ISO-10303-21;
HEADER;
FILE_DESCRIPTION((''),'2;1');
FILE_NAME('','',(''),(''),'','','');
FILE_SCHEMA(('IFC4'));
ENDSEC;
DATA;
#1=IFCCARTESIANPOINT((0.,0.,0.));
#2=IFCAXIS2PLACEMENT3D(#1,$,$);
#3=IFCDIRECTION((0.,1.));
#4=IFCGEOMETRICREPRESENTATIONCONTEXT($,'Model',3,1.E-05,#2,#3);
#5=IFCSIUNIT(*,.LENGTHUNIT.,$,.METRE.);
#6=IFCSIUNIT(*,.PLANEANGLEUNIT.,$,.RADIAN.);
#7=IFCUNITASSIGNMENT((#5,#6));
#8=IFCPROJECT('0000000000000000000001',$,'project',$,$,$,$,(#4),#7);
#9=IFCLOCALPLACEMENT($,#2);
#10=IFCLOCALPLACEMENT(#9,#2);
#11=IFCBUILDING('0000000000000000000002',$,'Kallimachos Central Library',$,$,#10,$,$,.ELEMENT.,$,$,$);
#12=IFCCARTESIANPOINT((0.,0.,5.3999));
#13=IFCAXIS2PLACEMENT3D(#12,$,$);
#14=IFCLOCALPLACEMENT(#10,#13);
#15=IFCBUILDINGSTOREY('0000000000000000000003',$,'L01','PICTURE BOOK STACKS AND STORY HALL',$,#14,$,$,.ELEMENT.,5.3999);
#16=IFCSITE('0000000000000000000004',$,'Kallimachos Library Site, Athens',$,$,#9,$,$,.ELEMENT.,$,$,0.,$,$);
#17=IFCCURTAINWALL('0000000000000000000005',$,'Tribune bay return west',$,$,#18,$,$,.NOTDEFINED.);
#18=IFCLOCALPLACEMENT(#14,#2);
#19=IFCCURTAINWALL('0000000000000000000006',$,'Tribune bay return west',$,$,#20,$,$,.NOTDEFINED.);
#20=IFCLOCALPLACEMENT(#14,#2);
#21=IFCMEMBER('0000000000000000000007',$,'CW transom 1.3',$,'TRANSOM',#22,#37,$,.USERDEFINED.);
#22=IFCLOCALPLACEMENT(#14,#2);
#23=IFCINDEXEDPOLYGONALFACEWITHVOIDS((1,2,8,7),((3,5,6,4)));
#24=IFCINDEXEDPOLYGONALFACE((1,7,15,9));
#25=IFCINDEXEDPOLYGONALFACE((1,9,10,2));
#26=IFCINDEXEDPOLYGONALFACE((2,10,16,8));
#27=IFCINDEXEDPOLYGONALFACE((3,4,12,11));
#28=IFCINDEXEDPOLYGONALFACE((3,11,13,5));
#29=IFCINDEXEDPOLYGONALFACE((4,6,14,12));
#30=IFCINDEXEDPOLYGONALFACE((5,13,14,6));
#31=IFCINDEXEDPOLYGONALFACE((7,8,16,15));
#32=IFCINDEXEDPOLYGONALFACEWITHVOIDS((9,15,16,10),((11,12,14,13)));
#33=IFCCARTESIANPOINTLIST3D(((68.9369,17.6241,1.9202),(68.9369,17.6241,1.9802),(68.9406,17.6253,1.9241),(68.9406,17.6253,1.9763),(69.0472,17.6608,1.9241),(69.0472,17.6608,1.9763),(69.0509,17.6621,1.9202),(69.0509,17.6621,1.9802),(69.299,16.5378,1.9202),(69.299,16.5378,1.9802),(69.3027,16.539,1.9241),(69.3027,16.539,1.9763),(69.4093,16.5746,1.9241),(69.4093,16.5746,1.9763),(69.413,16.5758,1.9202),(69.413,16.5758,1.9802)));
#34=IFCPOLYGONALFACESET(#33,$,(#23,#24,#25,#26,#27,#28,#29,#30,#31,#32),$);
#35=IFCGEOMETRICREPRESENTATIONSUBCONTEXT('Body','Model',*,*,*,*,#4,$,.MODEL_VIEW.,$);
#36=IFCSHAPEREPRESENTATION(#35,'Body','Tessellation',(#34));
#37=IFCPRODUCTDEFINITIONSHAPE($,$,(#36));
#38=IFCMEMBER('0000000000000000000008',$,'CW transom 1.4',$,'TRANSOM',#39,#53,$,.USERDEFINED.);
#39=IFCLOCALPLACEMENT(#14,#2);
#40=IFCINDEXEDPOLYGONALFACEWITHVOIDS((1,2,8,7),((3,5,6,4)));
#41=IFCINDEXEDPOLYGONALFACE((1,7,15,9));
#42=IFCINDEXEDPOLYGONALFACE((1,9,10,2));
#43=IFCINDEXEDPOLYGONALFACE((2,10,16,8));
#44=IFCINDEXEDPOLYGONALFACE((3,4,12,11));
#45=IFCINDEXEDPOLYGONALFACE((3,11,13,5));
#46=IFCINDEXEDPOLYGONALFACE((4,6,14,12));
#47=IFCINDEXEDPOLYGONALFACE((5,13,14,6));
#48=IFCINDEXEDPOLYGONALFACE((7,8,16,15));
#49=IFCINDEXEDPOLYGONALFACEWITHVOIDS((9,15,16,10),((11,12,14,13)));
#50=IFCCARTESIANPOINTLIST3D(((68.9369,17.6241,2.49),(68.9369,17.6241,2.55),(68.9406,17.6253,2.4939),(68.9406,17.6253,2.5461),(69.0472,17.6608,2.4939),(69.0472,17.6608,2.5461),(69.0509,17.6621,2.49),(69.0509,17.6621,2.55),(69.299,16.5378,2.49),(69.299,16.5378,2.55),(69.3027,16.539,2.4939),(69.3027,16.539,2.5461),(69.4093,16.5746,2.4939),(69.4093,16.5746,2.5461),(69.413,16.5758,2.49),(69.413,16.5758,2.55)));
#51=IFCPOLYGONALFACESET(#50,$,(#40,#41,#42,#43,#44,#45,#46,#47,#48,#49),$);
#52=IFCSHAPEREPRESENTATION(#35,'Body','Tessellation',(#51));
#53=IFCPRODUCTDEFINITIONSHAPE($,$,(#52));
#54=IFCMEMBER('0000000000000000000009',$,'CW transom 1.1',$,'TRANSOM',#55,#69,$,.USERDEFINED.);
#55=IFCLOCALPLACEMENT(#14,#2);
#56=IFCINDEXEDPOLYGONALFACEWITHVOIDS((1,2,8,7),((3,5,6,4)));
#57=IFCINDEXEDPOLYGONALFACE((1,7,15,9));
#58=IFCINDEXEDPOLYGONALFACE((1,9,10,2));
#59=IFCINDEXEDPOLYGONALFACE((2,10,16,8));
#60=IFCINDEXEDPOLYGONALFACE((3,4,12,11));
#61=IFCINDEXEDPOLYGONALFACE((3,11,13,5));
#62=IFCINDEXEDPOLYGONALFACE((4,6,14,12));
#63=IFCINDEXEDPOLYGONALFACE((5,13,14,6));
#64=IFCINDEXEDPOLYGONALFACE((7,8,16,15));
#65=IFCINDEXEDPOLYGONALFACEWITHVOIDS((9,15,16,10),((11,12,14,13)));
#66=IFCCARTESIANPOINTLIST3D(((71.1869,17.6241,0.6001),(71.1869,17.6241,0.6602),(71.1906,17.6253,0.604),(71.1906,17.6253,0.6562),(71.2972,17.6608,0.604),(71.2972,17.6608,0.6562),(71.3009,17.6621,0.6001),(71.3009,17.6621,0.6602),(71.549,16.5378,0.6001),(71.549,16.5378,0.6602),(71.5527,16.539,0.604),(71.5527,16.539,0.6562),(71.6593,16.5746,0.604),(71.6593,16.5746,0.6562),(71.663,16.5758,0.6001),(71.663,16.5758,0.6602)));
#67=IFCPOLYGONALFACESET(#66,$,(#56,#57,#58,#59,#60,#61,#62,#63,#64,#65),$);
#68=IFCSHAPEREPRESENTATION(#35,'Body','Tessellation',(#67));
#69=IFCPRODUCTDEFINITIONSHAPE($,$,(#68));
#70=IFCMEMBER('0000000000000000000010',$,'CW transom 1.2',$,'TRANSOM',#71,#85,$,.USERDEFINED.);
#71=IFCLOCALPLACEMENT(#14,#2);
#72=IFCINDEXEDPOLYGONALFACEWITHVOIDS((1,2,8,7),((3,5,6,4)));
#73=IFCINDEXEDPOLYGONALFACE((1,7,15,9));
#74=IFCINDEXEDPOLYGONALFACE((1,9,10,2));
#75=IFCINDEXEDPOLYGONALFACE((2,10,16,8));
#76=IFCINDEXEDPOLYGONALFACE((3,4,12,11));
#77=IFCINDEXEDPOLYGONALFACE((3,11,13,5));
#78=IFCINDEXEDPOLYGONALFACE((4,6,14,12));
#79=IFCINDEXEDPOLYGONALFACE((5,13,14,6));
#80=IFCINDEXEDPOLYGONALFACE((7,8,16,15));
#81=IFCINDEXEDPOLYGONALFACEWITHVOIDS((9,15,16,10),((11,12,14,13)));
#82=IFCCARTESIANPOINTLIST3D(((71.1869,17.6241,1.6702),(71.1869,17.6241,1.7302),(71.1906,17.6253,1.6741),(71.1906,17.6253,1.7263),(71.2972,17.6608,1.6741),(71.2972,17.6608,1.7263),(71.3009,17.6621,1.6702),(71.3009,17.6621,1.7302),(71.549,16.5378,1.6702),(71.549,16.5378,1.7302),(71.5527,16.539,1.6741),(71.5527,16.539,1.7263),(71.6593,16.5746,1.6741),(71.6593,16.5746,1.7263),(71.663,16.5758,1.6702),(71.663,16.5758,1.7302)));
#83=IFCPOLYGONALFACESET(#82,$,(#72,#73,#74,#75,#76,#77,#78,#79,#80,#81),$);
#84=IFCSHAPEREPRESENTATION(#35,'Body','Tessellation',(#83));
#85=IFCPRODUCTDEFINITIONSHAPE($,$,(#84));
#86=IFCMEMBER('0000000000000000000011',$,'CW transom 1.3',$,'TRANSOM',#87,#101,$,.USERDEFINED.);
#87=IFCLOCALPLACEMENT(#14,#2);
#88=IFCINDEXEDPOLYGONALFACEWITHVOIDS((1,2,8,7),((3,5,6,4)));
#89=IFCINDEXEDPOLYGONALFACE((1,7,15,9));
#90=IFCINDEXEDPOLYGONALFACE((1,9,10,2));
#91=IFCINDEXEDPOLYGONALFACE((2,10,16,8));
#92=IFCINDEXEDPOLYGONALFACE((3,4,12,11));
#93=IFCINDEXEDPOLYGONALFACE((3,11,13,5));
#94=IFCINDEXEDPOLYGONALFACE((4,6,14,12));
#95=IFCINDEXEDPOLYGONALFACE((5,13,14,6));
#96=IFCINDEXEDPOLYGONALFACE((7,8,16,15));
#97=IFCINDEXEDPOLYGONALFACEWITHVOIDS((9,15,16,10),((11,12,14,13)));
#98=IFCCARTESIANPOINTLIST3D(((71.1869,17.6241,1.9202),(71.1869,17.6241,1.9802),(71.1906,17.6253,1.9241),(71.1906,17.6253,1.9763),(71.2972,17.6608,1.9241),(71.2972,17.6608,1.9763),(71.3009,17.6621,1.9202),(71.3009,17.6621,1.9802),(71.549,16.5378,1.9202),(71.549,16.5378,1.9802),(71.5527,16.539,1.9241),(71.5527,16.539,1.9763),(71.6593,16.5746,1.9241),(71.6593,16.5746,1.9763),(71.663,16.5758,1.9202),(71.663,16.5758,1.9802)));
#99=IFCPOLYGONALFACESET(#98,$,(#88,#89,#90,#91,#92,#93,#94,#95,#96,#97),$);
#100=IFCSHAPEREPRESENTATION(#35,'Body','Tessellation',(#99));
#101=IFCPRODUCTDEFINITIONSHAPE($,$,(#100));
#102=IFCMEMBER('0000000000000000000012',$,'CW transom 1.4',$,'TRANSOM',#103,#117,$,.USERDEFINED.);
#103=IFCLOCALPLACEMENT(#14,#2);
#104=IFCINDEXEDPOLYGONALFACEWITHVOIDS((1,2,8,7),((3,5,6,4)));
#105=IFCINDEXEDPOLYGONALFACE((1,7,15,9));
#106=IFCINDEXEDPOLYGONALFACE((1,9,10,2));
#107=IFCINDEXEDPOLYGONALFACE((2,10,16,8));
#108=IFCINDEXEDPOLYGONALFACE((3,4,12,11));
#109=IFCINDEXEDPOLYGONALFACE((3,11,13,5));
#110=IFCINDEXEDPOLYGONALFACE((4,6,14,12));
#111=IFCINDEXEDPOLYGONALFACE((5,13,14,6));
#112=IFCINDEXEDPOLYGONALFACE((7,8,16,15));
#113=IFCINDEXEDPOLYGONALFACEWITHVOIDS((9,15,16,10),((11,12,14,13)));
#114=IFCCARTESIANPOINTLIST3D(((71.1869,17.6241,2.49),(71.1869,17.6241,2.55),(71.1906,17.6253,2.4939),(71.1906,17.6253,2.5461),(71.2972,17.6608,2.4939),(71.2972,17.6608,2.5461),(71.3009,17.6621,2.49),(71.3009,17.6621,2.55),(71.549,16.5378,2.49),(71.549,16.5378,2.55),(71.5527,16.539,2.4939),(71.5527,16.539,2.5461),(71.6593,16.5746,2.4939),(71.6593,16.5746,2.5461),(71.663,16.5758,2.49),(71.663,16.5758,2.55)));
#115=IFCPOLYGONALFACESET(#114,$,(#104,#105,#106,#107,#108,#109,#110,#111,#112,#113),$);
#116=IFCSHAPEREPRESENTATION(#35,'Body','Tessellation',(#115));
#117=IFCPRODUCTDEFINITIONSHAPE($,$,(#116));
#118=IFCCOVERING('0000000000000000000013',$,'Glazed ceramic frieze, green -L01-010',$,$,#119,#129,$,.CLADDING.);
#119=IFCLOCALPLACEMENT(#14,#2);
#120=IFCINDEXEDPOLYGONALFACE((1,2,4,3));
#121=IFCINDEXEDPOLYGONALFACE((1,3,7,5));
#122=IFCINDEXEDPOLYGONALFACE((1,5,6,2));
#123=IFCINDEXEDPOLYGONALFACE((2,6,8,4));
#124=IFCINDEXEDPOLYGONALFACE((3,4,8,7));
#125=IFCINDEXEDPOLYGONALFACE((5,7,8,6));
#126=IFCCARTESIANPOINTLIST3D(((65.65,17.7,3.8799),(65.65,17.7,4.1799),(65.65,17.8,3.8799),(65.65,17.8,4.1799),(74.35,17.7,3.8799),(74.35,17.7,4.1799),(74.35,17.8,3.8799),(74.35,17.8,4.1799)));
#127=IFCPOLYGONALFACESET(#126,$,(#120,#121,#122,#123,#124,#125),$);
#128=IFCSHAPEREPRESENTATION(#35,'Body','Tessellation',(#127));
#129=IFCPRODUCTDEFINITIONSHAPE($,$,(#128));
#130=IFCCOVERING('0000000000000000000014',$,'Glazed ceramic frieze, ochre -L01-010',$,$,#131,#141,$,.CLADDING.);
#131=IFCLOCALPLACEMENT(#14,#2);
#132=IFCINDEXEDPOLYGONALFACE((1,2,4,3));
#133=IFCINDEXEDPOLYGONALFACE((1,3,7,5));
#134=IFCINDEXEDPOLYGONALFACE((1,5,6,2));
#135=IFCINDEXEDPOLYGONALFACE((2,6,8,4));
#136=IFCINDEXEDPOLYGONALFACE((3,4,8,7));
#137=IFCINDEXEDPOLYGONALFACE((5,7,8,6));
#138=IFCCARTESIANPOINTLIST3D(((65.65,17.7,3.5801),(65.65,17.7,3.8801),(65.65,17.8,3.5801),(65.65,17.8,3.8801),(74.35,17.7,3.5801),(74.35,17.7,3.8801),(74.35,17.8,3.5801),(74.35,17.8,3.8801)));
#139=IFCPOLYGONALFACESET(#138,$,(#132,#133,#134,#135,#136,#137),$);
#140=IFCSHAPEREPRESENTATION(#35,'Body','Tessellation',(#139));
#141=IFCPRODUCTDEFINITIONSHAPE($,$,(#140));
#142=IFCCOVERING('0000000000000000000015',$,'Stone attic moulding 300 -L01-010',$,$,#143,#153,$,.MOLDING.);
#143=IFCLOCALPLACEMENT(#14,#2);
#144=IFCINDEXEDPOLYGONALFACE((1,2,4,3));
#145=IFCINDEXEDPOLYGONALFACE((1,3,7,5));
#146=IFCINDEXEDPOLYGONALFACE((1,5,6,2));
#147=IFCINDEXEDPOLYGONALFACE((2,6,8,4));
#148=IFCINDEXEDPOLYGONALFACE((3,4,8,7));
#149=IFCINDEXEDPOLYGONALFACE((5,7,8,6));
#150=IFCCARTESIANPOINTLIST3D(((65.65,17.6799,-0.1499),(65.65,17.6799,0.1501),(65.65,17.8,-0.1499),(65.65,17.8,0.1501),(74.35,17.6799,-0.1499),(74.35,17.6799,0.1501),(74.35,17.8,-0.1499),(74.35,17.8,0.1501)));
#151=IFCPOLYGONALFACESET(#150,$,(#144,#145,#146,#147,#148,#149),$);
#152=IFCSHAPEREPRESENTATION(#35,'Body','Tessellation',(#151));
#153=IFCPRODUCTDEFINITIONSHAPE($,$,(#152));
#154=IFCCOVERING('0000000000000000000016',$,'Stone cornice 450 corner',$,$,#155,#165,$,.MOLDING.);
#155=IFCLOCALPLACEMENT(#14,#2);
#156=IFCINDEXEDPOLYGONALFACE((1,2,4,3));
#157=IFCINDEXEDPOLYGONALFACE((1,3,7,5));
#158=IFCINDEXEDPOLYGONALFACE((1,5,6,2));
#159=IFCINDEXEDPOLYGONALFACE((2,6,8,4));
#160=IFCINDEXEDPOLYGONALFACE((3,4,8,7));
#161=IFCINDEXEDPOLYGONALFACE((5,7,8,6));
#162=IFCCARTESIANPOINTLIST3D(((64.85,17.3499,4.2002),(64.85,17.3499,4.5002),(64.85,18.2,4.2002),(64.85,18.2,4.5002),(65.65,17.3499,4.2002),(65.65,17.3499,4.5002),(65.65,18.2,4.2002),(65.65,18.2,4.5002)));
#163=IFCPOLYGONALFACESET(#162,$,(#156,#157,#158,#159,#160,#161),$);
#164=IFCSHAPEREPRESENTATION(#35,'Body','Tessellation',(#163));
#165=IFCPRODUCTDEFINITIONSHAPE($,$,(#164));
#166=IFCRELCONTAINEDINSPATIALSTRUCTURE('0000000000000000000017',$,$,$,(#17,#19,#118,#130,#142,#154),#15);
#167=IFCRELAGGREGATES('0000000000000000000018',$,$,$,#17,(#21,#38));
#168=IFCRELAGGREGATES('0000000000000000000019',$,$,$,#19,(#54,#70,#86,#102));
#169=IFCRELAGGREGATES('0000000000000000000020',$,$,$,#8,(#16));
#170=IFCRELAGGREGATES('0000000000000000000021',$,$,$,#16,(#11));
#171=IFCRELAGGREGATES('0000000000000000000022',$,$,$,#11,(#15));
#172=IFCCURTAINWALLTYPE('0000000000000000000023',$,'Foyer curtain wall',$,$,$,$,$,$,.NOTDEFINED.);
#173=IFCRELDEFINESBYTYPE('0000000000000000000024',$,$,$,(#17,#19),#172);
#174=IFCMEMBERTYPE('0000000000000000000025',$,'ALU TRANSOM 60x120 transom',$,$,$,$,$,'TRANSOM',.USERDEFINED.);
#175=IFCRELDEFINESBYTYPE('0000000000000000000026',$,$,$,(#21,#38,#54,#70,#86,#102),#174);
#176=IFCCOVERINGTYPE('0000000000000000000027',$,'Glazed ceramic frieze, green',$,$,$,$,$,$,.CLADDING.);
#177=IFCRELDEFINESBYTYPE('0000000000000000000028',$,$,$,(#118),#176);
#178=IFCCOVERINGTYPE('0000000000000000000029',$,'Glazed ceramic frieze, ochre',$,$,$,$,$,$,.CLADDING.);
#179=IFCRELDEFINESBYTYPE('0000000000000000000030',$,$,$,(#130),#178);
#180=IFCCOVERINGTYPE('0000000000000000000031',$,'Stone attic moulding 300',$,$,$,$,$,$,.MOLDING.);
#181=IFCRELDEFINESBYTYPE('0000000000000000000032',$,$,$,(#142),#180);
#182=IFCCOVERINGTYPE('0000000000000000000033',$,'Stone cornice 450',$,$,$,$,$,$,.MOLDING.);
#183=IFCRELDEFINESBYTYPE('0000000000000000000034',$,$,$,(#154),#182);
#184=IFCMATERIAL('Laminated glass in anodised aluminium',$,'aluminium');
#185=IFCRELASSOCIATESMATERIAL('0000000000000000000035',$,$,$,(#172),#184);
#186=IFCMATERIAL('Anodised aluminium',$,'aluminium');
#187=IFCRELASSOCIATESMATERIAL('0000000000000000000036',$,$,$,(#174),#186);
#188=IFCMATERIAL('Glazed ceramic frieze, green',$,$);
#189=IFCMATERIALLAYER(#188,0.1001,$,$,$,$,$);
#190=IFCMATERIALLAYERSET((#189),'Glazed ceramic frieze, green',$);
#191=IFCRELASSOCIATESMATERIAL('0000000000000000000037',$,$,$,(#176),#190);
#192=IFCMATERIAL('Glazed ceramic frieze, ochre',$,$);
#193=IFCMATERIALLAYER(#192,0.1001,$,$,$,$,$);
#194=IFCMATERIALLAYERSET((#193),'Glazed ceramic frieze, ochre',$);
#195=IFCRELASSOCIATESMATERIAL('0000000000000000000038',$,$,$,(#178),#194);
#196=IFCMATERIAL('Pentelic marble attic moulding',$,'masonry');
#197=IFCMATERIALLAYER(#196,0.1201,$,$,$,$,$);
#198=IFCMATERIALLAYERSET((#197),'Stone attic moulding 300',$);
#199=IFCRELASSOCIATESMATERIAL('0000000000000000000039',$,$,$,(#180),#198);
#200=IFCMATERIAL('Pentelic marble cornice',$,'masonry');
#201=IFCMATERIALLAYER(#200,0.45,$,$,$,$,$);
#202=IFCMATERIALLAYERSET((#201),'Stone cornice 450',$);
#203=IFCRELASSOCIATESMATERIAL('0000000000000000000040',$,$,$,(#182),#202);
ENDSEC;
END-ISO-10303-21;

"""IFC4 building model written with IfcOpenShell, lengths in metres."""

from ifc_helpers import new_model, si_unit, direction, frame, origin, origin_2d, place, context, subcontext, project, spatial, rectangle, hollow_rectangle, extrude, material, layer, layer_set, material_profile, profile_set, type_object, element, aggregate, save


model = new_model("IFC4")

# Units and contexts
model_context = context("Model", 3, precision=1e-05, world=origin(), true_north=direction((0.0, 1.0)))
body_context = subcontext(model_context, "Body", "Model", "MODEL_VIEW")
ifc_project = project(units=[si_unit("LENGTHUNIT", "METRE"), si_unit("PLANEANGLEUNIT", "RADIAN")], contexts=[model_context])

# Site, building, storey
site_placement = place(None, origin())
site = spatial("IfcSite", under=ifc_project, at=site_placement, Name="Kallimachos Library Site, Athens", CompositionType="ELEMENT", RefElevation=0.0)
building_placement = place(site_placement, origin())
building = spatial("IfcBuilding", under=site, at=building_placement, Name="Kallimachos Central Library", CompositionType="ELEMENT")
storey_placement = place(building_placement, frame((0.0, 0.0, 5.3999)))
storey = spatial("IfcBuildingStorey", under=building, at=storey_placement, Name="L01", Description="PICTURE BOOK STACKS AND STORY HALL", CompositionType="ELEMENT", Elevation=5.3999)

# Curtain walls
ifc_material_1 = material(Name="Laminated glass in anodised aluminium", Category="aluminium")
curtain_wall_type = type_object("IfcCurtainWallType", Name="Foyer curtain wall", PredefinedType="NOTDEFINED", material=ifc_material_1)
curtain_wall_1_placement = place(storey_placement, origin())
curtain_wall_1 = element("IfcCurtainWall", 1, at=curtain_wall_1_placement, inside=storey, type_object=curtain_wall_type, Name="Tribune bay return west", PredefinedType="NOTDEFINED")
curtain_wall_2_placement = place(storey_placement, origin())
curtain_wall_2 = element("IfcCurtainWall", 2, at=curtain_wall_2_placement, inside=storey, type_object=curtain_wall_type, Name="Tribune bay return west", PredefinedType="NOTDEFINED")

# Members
ifc_material_2 = material(Name="Anodised aluminium", Category="aluminium")
ifc_material_profile_1 = material_profile(ifc_material_2, hollow_rectangle(XDim=0.0601, YDim=0.1201, WallThickness=0.0039, at=origin_2d()), Name="ALU TRANSOM 60x120")
ifc_profile_set_1 = profile_set([ifc_material_profile_1], Name="Anodised aluminium")
member_type_1 = type_object("IfcMemberType", Name="ALU TRANSOM 60x120 transom", ElementType="TRANSOM", PredefinedType="USERDEFINED", material=ifc_profile_set_1)
member_1_placement = place(storey_placement, frame((68.9939, 17.6431, 1.9502), z_axis=(0.316228, -0.948683, 0.0), x_axis=(0.0, 0.0, 1.0)))
member_1 = element("IfcMember", 3, at=member_1_placement, type_object=member_type_1, Name="CW transom 1.3", ObjectType="TRANSOM", PredefinedType="USERDEFINED", context=body_context, shape_type="SweptSolid", body=[
    extrude(hollow_rectangle(XDim=0.0601, YDim=0.1201, WallThickness=0.0039, at=origin_2d()), origin(), (0.0, 0.0, 1.0), 1.145),
])
member_2_placement = place(storey_placement, frame((68.9939, 17.6431, 2.52), z_axis=(0.316228, -0.948683, 0.0), x_axis=(0.0, 0.0, 1.0)))
member_2 = element("IfcMember", 4, at=member_2_placement, type_object=member_type_1, Name="CW transom 1.4", ObjectType="TRANSOM", PredefinedType="USERDEFINED", context=body_context, shape_type="SweptSolid", body=[
    extrude(hollow_rectangle(XDim=0.0601, YDim=0.1201, WallThickness=0.0039, at=origin_2d()), origin(), (0.0, 0.0, 1.0), 1.145),
])
aggregate(curtain_wall_1, [member_1, member_2])
member_3_placement = place(storey_placement, frame((71.2439, 17.6431, 0.6301), z_axis=(0.316228, -0.948683, 0.0), x_axis=(0.0, 0.0, 1.0)))
member_3 = element("IfcMember", 5, at=member_3_placement, type_object=member_type_1, Name="CW transom 1.1", ObjectType="TRANSOM", PredefinedType="USERDEFINED", context=body_context, shape_type="SweptSolid", body=[
    extrude(hollow_rectangle(XDim=0.0601, YDim=0.1201, WallThickness=0.0039, at=origin_2d()), origin(), (0.0, 0.0, 1.0), 1.145),
])
member_4_placement = place(storey_placement, frame((71.2439, 17.6431, 1.7002), z_axis=(0.316228, -0.948683, 0.0), x_axis=(0.0, 0.0, 1.0)))
member_4 = element("IfcMember", 6, at=member_4_placement, type_object=member_type_1, Name="CW transom 1.2", ObjectType="TRANSOM", PredefinedType="USERDEFINED", context=body_context, shape_type="SweptSolid", body=[
    extrude(hollow_rectangle(XDim=0.0601, YDim=0.1201, WallThickness=0.0039, at=origin_2d()), origin(), (0.0, 0.0, 1.0), 1.145),
])
member_5_placement = place(storey_placement, frame((71.2439, 17.6431, 1.9502), z_axis=(0.316228, -0.948683, 0.0), x_axis=(0.0, 0.0, 1.0)))
member_5 = element("IfcMember", 7, at=member_5_placement, type_object=member_type_1, Name="CW transom 1.3", ObjectType="TRANSOM", PredefinedType="USERDEFINED", context=body_context, shape_type="SweptSolid", body=[
    extrude(hollow_rectangle(XDim=0.0601, YDim=0.1201, WallThickness=0.0039, at=origin_2d()), origin(), (0.0, 0.0, 1.0), 1.145),
])
member_6_placement = place(storey_placement, frame((71.2439, 17.6431, 2.52), z_axis=(0.316228, -0.948683, 0.0), x_axis=(0.0, 0.0, 1.0)))
member_6 = element("IfcMember", 8, at=member_6_placement, type_object=member_type_1, Name="CW transom 1.4", ObjectType="TRANSOM", PredefinedType="USERDEFINED", context=body_context, shape_type="SweptSolid", body=[
    extrude(hollow_rectangle(XDim=0.0601, YDim=0.1201, WallThickness=0.0039, at=origin_2d()), origin(), (0.0, 0.0, 1.0), 1.145),
])
aggregate(curtain_wall_2, [member_3, member_4, member_5, member_6])

# Coverings
ifc_material_3 = material(Name="Glazed ceramic frieze, green")
ifc_layer_1 = layer(ifc_material_3, 0.1001)
ifc_layer_set_1 = layer_set([ifc_layer_1], Name="Glazed ceramic frieze, green")
covering_type_1 = type_object("IfcCoveringType", Name="Glazed ceramic frieze, green", PredefinedType="CLADDING", material=ifc_layer_set_1)
covering_1_placement = place(storey_placement, frame((70.0, 17.75, 3.8799), z_axis=(0.0, 0.0, 1.0), x_axis=(1.0, 0.0, 0.0)))
element("IfcCovering", 9, at=covering_1_placement, inside=storey, type_object=covering_type_1, Name="Glazed ceramic frieze, green -L01-010", PredefinedType="CLADDING", context=body_context, shape_type="SweptSolid", body=[
    extrude(rectangle(XDim=8.7, YDim=0.1001, at=origin_2d()), origin(), (0.0, 0.0, 1.0), 0.3),
])
ifc_material_4 = material(Name="Glazed ceramic frieze, ochre")
ifc_layer_2 = layer(ifc_material_4, 0.1001)
ifc_layer_set_2 = layer_set([ifc_layer_2], Name="Glazed ceramic frieze, ochre")
covering_type_2 = type_object("IfcCoveringType", Name="Glazed ceramic frieze, ochre", PredefinedType="CLADDING", material=ifc_layer_set_2)
covering_2_placement = place(storey_placement, frame((70.0, 17.75, 3.5801), z_axis=(0.0, 0.0, 1.0), x_axis=(1.0, 0.0, 0.0)))
element("IfcCovering", 10, at=covering_2_placement, inside=storey, type_object=covering_type_2, Name="Glazed ceramic frieze, ochre -L01-010", PredefinedType="CLADDING", context=body_context, shape_type="SweptSolid", body=[
    extrude(rectangle(XDim=8.7, YDim=0.1001, at=origin_2d()), origin(), (0.0, 0.0, 1.0), 0.3),
])
ifc_material_5 = material(Name="Pentelic marble attic moulding", Category="masonry")
ifc_layer_3 = layer(ifc_material_5, 0.1201)
ifc_layer_set_3 = layer_set([ifc_layer_3], Name="Stone attic moulding 300")
covering_type_3 = type_object("IfcCoveringType", Name="Stone attic moulding 300", PredefinedType="MOLDING", material=ifc_layer_set_3)
covering_3_placement = place(storey_placement, frame((70.0, 17.74, -0.1499), z_axis=(0.0, 0.0, 1.0), x_axis=(1.0, 0.0, 0.0)))
element("IfcCovering", 11, at=covering_3_placement, inside=storey, type_object=covering_type_3, Name="Stone attic moulding 300 -L01-010", PredefinedType="MOLDING", context=body_context, shape_type="SweptSolid", body=[
    extrude(rectangle(XDim=8.7, YDim=0.1201, at=origin_2d()), origin(), (0.0, 0.0, 1.0), 0.3),
])
ifc_material_6 = material(Name="Pentelic marble cornice", Category="masonry")
ifc_layer_4 = layer(ifc_material_6, 0.45)
ifc_layer_set_4 = layer_set([ifc_layer_4], Name="Stone cornice 450")
covering_type_4 = type_object("IfcCoveringType", Name="Stone cornice 450", PredefinedType="MOLDING", material=ifc_layer_set_4)
covering_4_placement = place(storey_placement, frame((65.25, 17.7749, 4.2002), z_axis=(0.0, 0.0, 1.0), x_axis=(1.0, 0.0, 0.0)))
element("IfcCovering", 12, at=covering_4_placement, inside=storey, type_object=covering_type_4, Name="Stone cornice 450 corner", PredefinedType="MOLDING", context=body_context, shape_type="SweptSolid", body=[
    extrude(rectangle(XDim=0.8, YDim=0.8501, at=origin_2d()), origin(), (0.0, 0.0, 1.0), 0.3),
])

save(model, "model.ifc")
